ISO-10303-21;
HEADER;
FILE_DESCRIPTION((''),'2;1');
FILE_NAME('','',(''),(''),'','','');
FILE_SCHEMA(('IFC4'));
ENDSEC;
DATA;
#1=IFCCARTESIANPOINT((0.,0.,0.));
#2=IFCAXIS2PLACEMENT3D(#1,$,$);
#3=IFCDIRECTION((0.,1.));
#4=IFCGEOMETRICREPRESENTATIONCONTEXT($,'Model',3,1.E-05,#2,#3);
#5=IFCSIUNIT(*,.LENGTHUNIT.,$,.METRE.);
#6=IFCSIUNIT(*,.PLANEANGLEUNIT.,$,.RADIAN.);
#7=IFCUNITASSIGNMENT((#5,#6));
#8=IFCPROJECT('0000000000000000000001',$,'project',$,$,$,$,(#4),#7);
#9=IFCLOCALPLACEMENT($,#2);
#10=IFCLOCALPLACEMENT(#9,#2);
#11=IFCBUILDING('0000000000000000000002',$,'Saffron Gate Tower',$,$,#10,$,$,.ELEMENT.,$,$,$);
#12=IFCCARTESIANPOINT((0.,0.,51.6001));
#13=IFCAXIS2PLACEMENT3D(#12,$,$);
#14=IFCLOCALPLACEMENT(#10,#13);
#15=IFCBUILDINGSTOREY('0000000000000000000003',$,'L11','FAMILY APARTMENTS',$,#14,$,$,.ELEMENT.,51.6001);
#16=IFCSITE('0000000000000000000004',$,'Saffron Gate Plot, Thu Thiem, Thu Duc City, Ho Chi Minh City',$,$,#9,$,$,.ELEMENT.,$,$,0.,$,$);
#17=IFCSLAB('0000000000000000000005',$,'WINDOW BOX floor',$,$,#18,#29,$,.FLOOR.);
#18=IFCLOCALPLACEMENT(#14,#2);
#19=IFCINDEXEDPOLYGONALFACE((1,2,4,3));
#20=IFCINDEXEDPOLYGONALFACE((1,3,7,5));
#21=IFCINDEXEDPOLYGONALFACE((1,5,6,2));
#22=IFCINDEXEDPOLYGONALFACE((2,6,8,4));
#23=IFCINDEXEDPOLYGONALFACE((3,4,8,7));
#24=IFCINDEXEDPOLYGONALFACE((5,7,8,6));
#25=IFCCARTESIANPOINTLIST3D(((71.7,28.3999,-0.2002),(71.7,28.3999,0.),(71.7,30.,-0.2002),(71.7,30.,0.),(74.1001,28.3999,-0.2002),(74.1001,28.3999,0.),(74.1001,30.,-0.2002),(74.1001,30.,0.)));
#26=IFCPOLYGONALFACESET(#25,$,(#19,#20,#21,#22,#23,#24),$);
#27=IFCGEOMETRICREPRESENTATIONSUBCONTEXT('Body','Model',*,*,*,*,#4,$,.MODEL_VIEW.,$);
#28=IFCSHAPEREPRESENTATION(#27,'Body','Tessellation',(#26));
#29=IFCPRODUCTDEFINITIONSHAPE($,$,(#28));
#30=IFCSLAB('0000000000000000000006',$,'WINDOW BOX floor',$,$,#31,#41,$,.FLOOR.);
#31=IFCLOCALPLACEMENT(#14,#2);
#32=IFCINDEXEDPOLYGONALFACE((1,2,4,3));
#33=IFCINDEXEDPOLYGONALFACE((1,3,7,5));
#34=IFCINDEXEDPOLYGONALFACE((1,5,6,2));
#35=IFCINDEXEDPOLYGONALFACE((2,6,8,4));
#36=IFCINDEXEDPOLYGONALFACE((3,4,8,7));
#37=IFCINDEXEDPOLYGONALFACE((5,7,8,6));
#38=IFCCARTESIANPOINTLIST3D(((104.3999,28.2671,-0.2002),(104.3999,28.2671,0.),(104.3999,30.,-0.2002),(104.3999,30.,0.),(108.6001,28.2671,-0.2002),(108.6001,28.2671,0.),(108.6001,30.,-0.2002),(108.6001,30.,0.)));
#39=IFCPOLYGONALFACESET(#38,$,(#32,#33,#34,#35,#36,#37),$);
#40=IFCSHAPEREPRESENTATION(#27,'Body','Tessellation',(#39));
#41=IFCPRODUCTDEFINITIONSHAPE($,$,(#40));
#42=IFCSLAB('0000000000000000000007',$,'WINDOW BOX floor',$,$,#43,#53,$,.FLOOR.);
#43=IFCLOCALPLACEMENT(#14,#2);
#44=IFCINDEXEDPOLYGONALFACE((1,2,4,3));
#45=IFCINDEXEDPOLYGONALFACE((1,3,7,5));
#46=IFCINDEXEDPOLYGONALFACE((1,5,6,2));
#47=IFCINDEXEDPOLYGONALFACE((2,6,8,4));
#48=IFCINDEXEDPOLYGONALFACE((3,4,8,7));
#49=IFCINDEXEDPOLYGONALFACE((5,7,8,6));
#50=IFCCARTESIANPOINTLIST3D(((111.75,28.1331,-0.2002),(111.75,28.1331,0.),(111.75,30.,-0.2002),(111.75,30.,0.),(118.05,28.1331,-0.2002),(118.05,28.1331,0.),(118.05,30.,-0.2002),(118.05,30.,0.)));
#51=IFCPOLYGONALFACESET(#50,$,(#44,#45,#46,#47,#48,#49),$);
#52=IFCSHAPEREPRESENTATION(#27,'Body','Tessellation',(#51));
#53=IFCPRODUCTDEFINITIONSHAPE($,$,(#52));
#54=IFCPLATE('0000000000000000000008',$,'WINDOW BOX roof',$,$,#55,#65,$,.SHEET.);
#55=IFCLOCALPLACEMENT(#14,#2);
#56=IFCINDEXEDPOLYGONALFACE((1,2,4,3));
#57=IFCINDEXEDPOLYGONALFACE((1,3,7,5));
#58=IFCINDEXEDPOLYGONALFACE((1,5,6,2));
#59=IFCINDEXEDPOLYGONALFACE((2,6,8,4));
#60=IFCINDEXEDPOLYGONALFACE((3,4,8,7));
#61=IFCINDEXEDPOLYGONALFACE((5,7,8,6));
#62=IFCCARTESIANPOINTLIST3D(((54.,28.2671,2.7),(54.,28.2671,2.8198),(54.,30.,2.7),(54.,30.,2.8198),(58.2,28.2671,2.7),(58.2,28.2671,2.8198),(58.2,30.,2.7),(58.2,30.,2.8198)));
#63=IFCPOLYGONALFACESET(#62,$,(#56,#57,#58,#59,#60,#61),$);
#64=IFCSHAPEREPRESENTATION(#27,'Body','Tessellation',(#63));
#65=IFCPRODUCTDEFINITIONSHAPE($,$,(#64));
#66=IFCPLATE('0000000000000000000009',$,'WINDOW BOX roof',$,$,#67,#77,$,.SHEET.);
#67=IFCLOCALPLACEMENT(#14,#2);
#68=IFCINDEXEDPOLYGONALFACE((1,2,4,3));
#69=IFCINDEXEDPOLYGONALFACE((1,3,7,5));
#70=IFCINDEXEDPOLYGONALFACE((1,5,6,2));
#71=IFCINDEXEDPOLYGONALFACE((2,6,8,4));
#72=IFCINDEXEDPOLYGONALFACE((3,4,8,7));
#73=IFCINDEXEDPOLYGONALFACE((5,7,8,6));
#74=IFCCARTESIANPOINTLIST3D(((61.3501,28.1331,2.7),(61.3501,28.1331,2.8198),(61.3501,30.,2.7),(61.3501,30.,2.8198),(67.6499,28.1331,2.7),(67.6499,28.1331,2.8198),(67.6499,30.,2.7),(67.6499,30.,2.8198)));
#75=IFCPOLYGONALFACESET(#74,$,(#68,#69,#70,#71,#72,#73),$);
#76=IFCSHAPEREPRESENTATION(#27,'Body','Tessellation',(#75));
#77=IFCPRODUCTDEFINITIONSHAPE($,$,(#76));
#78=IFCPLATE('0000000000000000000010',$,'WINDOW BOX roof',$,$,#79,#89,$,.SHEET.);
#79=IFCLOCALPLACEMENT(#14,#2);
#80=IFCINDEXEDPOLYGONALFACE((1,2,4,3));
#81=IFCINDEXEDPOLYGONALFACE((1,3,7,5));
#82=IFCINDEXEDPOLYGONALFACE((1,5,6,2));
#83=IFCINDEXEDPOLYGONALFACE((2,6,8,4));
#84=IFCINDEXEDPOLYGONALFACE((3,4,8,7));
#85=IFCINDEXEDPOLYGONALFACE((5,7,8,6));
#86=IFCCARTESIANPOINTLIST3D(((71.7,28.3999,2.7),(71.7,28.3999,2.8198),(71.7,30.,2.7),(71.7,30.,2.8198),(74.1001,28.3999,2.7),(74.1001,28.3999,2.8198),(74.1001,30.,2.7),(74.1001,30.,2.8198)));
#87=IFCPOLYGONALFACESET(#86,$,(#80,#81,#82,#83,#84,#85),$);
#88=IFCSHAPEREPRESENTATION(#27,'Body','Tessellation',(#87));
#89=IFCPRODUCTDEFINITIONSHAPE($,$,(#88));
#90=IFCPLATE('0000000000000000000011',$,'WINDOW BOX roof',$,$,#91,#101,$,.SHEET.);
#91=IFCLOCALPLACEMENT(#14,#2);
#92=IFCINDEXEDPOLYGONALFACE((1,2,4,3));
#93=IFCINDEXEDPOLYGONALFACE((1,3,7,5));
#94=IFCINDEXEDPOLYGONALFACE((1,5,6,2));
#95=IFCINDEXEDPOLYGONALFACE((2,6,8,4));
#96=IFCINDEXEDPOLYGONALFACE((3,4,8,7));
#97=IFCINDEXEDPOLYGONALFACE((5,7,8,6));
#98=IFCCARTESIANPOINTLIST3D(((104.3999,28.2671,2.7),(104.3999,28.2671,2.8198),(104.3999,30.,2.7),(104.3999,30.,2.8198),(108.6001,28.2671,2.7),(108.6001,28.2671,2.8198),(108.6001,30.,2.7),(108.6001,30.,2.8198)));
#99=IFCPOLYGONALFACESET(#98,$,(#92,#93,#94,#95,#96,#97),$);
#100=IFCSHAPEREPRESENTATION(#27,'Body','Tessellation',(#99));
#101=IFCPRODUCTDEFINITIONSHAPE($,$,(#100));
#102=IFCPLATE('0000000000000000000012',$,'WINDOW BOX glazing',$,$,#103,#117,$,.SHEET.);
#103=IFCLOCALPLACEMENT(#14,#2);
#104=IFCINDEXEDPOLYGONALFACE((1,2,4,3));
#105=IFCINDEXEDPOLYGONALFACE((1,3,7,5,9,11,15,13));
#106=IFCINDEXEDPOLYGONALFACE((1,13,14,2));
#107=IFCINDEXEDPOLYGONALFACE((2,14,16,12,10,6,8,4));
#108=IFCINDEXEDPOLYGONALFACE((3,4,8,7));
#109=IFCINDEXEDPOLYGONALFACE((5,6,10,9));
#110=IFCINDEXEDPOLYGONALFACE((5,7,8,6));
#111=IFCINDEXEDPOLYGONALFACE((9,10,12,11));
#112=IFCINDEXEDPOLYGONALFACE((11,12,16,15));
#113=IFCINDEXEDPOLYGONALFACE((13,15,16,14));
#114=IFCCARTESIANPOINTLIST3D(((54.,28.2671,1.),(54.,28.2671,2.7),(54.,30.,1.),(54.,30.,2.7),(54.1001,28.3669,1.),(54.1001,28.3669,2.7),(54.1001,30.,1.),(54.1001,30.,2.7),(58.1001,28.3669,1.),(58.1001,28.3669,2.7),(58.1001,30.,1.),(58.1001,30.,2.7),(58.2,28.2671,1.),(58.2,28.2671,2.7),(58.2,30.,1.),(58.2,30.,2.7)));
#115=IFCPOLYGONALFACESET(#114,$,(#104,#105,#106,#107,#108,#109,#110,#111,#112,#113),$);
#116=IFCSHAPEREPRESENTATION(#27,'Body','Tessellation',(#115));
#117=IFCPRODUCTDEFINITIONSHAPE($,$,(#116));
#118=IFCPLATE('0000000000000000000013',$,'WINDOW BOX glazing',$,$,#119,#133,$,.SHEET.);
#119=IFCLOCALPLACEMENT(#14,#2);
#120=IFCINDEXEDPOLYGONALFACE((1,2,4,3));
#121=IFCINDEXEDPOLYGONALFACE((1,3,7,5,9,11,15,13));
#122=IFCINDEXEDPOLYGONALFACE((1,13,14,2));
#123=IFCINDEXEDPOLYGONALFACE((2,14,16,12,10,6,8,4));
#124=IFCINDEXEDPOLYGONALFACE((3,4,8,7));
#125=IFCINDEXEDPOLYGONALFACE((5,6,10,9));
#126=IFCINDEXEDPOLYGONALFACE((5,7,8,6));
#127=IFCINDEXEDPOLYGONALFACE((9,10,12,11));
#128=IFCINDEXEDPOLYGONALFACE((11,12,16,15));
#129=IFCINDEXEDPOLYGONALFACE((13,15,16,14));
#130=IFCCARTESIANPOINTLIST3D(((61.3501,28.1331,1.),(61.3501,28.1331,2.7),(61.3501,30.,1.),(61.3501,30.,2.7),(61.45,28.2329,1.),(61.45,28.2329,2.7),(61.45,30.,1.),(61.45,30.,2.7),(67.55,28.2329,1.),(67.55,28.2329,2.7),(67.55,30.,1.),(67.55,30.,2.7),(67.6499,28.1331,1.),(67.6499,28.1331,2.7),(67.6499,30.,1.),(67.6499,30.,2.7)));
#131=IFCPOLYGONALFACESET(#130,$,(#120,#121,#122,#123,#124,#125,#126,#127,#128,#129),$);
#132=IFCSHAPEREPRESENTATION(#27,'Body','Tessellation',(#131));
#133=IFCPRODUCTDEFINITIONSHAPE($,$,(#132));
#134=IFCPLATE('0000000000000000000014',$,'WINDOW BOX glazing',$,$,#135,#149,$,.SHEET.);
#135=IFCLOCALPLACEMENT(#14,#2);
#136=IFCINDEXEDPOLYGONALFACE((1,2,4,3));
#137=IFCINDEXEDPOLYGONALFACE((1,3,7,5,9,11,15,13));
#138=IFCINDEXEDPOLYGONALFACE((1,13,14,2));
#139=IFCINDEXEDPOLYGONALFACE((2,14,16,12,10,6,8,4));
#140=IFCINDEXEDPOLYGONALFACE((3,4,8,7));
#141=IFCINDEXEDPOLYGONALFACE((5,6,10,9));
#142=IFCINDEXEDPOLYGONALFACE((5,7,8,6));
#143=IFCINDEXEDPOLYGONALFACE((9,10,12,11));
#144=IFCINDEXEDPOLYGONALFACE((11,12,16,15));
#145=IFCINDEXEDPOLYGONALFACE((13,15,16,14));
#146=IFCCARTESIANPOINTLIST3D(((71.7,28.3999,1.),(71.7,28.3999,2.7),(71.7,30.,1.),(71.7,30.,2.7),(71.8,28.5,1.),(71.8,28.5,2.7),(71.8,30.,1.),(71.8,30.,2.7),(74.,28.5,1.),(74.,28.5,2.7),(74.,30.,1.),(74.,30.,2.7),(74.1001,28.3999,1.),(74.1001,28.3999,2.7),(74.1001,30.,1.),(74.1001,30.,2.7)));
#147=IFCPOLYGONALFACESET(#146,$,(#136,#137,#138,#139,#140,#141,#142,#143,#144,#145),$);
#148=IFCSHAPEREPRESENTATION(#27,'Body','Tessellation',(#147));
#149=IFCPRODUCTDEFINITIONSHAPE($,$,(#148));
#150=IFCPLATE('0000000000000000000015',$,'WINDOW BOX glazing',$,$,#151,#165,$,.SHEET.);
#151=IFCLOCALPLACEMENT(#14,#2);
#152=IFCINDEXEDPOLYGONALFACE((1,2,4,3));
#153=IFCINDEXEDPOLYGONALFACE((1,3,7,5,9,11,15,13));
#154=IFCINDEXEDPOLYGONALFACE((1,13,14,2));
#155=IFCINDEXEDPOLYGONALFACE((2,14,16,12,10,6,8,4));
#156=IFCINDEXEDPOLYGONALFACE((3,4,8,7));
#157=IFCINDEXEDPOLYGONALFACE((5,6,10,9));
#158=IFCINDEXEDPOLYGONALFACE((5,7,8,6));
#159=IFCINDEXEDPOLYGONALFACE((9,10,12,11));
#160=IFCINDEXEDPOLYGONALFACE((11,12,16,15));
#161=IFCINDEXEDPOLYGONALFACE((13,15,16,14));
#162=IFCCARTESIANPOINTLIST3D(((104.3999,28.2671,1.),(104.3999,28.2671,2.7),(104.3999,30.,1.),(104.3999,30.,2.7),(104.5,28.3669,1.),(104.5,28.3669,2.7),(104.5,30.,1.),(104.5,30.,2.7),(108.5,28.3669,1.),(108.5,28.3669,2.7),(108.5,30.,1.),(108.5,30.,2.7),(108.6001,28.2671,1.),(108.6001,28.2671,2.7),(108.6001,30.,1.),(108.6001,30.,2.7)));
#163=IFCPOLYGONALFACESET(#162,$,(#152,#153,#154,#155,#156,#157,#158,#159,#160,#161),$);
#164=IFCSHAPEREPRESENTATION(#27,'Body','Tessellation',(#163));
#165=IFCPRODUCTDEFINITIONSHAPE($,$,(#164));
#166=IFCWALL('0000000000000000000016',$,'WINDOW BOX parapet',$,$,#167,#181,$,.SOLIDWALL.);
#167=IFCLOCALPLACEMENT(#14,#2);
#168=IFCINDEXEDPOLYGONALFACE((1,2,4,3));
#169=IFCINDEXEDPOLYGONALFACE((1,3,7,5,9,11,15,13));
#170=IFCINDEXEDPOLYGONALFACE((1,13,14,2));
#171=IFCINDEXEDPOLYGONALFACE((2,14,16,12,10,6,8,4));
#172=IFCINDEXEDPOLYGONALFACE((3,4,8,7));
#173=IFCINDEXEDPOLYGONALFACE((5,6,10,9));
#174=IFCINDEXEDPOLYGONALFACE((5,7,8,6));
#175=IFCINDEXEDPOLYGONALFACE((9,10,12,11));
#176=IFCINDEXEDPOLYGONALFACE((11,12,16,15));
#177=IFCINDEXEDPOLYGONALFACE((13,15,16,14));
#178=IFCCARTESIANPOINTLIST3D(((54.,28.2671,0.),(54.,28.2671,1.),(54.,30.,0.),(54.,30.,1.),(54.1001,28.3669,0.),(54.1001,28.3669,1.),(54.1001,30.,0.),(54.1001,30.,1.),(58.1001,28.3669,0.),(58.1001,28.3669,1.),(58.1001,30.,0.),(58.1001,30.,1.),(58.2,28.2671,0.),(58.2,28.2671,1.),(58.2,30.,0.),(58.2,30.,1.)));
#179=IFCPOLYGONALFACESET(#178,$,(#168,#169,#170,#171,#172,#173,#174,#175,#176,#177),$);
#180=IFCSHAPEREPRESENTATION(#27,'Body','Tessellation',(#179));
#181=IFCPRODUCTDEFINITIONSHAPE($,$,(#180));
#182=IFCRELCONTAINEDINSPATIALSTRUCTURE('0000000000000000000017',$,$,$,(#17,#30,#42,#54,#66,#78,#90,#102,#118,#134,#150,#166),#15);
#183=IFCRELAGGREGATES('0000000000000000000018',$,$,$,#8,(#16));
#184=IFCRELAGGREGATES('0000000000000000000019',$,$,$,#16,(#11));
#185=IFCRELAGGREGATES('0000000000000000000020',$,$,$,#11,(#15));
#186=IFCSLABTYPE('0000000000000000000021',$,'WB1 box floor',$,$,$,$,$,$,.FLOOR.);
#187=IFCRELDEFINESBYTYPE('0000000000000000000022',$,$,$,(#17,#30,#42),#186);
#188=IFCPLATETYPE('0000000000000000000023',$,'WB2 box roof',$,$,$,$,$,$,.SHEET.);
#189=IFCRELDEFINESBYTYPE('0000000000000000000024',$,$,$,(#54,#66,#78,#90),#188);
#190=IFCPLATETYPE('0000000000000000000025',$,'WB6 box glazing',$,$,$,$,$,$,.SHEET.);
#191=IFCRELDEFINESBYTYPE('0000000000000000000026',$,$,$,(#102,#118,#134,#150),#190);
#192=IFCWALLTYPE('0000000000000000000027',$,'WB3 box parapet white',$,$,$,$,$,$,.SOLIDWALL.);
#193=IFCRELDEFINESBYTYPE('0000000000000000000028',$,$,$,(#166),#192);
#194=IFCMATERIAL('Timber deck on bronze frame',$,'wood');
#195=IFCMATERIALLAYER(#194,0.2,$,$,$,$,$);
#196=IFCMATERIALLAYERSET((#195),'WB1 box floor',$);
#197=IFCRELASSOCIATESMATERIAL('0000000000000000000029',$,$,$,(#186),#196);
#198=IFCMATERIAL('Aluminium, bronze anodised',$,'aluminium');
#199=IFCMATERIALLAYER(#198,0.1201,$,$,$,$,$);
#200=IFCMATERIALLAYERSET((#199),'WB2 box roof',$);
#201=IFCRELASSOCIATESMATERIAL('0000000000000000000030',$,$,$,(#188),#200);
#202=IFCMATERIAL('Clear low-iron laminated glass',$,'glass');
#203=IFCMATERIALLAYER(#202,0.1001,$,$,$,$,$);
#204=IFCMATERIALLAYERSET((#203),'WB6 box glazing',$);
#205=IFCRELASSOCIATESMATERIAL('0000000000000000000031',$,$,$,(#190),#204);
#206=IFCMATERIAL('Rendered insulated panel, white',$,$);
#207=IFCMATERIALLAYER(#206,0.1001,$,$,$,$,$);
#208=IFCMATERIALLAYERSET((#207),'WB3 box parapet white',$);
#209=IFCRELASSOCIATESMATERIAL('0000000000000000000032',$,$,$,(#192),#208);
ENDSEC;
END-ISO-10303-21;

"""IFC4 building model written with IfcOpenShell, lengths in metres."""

from ifc_helpers import new_model, si_unit, direction, frame, origin, place, context, subcontext, project, spatial, polyline, outline, extrude, material, layer, layer_set, type_object, element, save


model = new_model("IFC4")

# Units and contexts
model_context = context("Model", 3, precision=1e-05, world=origin(), true_north=direction((0.0, 1.0)))
body_context = subcontext(model_context, "Body", "Model", "MODEL_VIEW")
ifc_project = project(units=[si_unit("LENGTHUNIT", "METRE"), si_unit("PLANEANGLEUNIT", "RADIAN")], contexts=[model_context])

# Site, building, storey
site_placement = place(None, origin())
site = spatial("IfcSite", under=ifc_project, at=site_placement, Name="Saffron Gate Plot, Thu Thiem, Thu Duc City, Ho Chi Minh City", CompositionType="ELEMENT", RefElevation=0.0)
building_placement = place(site_placement, origin())
building = spatial("IfcBuilding", under=site, at=building_placement, Name="Saffron Gate Tower", CompositionType="ELEMENT")
storey_placement = place(building_placement, frame((0.0, 0.0, 51.6001)))
storey = spatial("IfcBuildingStorey", under=building, at=storey_placement, Name="L11", Description="FAMILY APARTMENTS", CompositionType="ELEMENT", Elevation=51.6001)

# Slabs
ifc_material_1 = material(Name="Timber deck on bronze frame", Category="wood")
ifc_layer_1 = layer(ifc_material_1, 0.2)
ifc_layer_set_1 = layer_set([ifc_layer_1], Name="WB1 box floor")
slab_type_1 = type_object("IfcSlabType", Name="WB1 box floor", PredefinedType="FLOOR", material=ifc_layer_set_1)
slab_1_placement = place(storey_placement, frame((0.0, 0.0, -0.2002)))
element("IfcSlab", 1, at=slab_1_placement, inside=storey, type_object=slab_type_1, Name="WINDOW BOX floor", PredefinedType="FLOOR", context=body_context, shape_type="SweptSolid", body=[
    extrude(outline(polyline([(71.7, 30.0), (74.1001, 30.0), (74.1001, 28.3999), (71.7, 28.3999), (71.7, 30.0)])), origin(), (0.0, 0.0, 1.0), 0.2002),
])
slab_2_placement = place(storey_placement, frame((0.0, 0.0, -0.2002)))
element("IfcSlab", 2, at=slab_2_placement, inside=storey, type_object=slab_type_1, Name="WINDOW BOX floor", PredefinedType="FLOOR", context=body_context, shape_type="SweptSolid", body=[
    extrude(outline(polyline([(104.3999, 30.0), (108.6001, 30.0), (108.6001, 28.2671), (104.3999, 28.2671), (104.3999, 30.0)])), origin(), (0.0, 0.0, 1.0), 0.2002),
])
slab_3_placement = place(storey_placement, frame((0.0, 0.0, -0.2002)))
element("IfcSlab", 3, at=slab_3_placement, inside=storey, type_object=slab_type_1, Name="WINDOW BOX floor", PredefinedType="FLOOR", context=body_context, shape_type="SweptSolid", body=[
    extrude(outline(polyline([(111.75, 30.0), (118.05, 30.0), (118.05, 28.1331), (111.75, 28.1331), (111.75, 30.0)])), origin(), (0.0, 0.0, 1.0), 0.2002),
])

# Plates
ifc_material_2 = material(Name="Aluminium, bronze anodised", Category="aluminium")
ifc_layer_2 = layer(ifc_material_2, 0.1201)
ifc_layer_set_2 = layer_set([ifc_layer_2], Name="WB2 box roof")
plate_type_1 = type_object("IfcPlateType", Name="WB2 box roof", PredefinedType="SHEET", material=ifc_layer_set_2)
plate_1_placement = place(storey_placement, frame((0.0, 0.0, 2.7)))
element("IfcPlate", 4, at=plate_1_placement, inside=storey, type_object=plate_type_1, Name="WINDOW BOX roof", PredefinedType="SHEET", context=body_context, shape_type="SweptSolid", body=[
    extrude(outline(polyline([(54.0, 30.0), (58.2, 30.0), (58.2, 28.2671), (54.0, 28.2671), (54.0, 30.0)])), origin(), (0.0, 0.0, 1.0), 0.1199),
])
plate_2_placement = place(storey_placement, frame((0.0, 0.0, 2.7)))
element("IfcPlate", 5, at=plate_2_placement, inside=storey, type_object=plate_type_1, Name="WINDOW BOX roof", PredefinedType="SHEET", context=body_context, shape_type="SweptSolid", body=[
    extrude(outline(polyline([(61.3501, 30.0), (67.6499, 30.0), (67.6499, 28.1331), (61.3501, 28.1331), (61.3501, 30.0)])), origin(), (0.0, 0.0, 1.0), 0.1199),
])
plate_3_placement = place(storey_placement, frame((0.0, 0.0, 2.7)))
element("IfcPlate", 6, at=plate_3_placement, inside=storey, type_object=plate_type_1, Name="WINDOW BOX roof", PredefinedType="SHEET", context=body_context, shape_type="SweptSolid", body=[
    extrude(outline(polyline([(71.7, 30.0), (74.1001, 30.0), (74.1001, 28.3999), (71.7, 28.3999), (71.7, 30.0)])), origin(), (0.0, 0.0, 1.0), 0.1199),
])
plate_4_placement = place(storey_placement, frame((0.0, 0.0, 2.7)))
element("IfcPlate", 7, at=plate_4_placement, inside=storey, type_object=plate_type_1, Name="WINDOW BOX roof", PredefinedType="SHEET", context=body_context, shape_type="SweptSolid", body=[
    extrude(outline(polyline([(104.3999, 30.0), (108.6001, 30.0), (108.6001, 28.2671), (104.3999, 28.2671), (104.3999, 30.0)])), origin(), (0.0, 0.0, 1.0), 0.1199),
])
ifc_material_3 = material(Name="Clear low-iron laminated glass", Category="glass")
ifc_layer_3 = layer(ifc_material_3, 0.1001)
ifc_layer_set_3 = layer_set([ifc_layer_3], Name="WB6 box glazing")
plate_type_2 = type_object("IfcPlateType", Name="WB6 box glazing", PredefinedType="SHEET", material=ifc_layer_set_3)
plate_5_placement = place(storey_placement, frame((0.0, 0.0, 1.0)))
element("IfcPlate", 8, at=plate_5_placement, inside=storey, type_object=plate_type_2, Name="WINDOW BOX glazing", PredefinedType="SHEET", context=body_context, shape_type="SweptSolid", body=[
    extrude(outline(polyline([(54.0, 30.0), (54.1001, 30.0), (54.1001, 28.3669), (58.1001, 28.3669), (58.1001, 30.0), (58.2, 30.0), (58.2, 28.2671), (54.0, 28.2671), (54.0, 30.0)])), origin(), (0.0, 0.0, 1.0), 1.7),
])
plate_6_placement = place(storey_placement, frame((0.0, 0.0, 1.0)))
element("IfcPlate", 9, at=plate_6_placement, inside=storey, type_object=plate_type_2, Name="WINDOW BOX glazing", PredefinedType="SHEET", context=body_context, shape_type="SweptSolid", body=[
    extrude(outline(polyline([(61.3501, 30.0), (61.45, 30.0), (61.45, 28.2329), (67.55, 28.2329), (67.55, 30.0), (67.6499, 30.0), (67.6499, 28.1331), (61.3501, 28.1331), (61.3501, 30.0)])), origin(), (0.0, 0.0, 1.0), 1.7),
])
plate_7_placement = place(storey_placement, frame((0.0, 0.0, 1.0)))
element("IfcPlate", 10, at=plate_7_placement, inside=storey, type_object=plate_type_2, Name="WINDOW BOX glazing", PredefinedType="SHEET", context=body_context, shape_type="SweptSolid", body=[
    extrude(outline(polyline([(71.7, 30.0), (71.8, 30.0), (71.8, 28.5), (74.0, 28.5), (74.0, 30.0), (74.1001, 30.0), (74.1001, 28.3999), (71.7, 28.3999), (71.7, 30.0)])), origin(), (0.0, 0.0, 1.0), 1.7),
])
plate_8_placement = place(storey_placement, frame((0.0, 0.0, 1.0)))
element("IfcPlate", 11, at=plate_8_placement, inside=storey, type_object=plate_type_2, Name="WINDOW BOX glazing", PredefinedType="SHEET", context=body_context, shape_type="SweptSolid", body=[
    extrude(outline(polyline([(104.3999, 30.0), (104.5, 30.0), (104.5, 28.3669), (108.5, 28.3669), (108.5, 30.0), (108.6001, 30.0), (108.6001, 28.2671), (104.3999, 28.2671), (104.3999, 30.0)])), origin(), (0.0, 0.0, 1.0), 1.7),
])

# Wall
ifc_material_4 = material(Name="Rendered insulated panel, white")
ifc_layer_4 = layer(ifc_material_4, 0.1001)
ifc_layer_set_4 = layer_set([ifc_layer_4], Name="WB3 box parapet white")
wall_type = type_object("IfcWallType", Name="WB3 box parapet white", PredefinedType="SOLIDWALL", material=ifc_layer_set_4)
wall_1_placement = place(storey_placement, origin())
element("IfcWall", 12, at=wall_1_placement, inside=storey, type_object=wall_type, Name="WINDOW BOX parapet", PredefinedType="SOLIDWALL", context=body_context, shape_type="SweptSolid", body=[
    extrude(outline(polyline([(54.0, 30.0), (54.1001, 30.0), (54.1001, 28.3669), (58.1001, 28.3669), (58.1001, 30.0), (58.2, 30.0), (58.2, 28.2671), (54.0, 28.2671), (54.0, 30.0)])), origin(), (0.0, 0.0, 1.0), 1.0),
])

save(model, "model.ifc")
